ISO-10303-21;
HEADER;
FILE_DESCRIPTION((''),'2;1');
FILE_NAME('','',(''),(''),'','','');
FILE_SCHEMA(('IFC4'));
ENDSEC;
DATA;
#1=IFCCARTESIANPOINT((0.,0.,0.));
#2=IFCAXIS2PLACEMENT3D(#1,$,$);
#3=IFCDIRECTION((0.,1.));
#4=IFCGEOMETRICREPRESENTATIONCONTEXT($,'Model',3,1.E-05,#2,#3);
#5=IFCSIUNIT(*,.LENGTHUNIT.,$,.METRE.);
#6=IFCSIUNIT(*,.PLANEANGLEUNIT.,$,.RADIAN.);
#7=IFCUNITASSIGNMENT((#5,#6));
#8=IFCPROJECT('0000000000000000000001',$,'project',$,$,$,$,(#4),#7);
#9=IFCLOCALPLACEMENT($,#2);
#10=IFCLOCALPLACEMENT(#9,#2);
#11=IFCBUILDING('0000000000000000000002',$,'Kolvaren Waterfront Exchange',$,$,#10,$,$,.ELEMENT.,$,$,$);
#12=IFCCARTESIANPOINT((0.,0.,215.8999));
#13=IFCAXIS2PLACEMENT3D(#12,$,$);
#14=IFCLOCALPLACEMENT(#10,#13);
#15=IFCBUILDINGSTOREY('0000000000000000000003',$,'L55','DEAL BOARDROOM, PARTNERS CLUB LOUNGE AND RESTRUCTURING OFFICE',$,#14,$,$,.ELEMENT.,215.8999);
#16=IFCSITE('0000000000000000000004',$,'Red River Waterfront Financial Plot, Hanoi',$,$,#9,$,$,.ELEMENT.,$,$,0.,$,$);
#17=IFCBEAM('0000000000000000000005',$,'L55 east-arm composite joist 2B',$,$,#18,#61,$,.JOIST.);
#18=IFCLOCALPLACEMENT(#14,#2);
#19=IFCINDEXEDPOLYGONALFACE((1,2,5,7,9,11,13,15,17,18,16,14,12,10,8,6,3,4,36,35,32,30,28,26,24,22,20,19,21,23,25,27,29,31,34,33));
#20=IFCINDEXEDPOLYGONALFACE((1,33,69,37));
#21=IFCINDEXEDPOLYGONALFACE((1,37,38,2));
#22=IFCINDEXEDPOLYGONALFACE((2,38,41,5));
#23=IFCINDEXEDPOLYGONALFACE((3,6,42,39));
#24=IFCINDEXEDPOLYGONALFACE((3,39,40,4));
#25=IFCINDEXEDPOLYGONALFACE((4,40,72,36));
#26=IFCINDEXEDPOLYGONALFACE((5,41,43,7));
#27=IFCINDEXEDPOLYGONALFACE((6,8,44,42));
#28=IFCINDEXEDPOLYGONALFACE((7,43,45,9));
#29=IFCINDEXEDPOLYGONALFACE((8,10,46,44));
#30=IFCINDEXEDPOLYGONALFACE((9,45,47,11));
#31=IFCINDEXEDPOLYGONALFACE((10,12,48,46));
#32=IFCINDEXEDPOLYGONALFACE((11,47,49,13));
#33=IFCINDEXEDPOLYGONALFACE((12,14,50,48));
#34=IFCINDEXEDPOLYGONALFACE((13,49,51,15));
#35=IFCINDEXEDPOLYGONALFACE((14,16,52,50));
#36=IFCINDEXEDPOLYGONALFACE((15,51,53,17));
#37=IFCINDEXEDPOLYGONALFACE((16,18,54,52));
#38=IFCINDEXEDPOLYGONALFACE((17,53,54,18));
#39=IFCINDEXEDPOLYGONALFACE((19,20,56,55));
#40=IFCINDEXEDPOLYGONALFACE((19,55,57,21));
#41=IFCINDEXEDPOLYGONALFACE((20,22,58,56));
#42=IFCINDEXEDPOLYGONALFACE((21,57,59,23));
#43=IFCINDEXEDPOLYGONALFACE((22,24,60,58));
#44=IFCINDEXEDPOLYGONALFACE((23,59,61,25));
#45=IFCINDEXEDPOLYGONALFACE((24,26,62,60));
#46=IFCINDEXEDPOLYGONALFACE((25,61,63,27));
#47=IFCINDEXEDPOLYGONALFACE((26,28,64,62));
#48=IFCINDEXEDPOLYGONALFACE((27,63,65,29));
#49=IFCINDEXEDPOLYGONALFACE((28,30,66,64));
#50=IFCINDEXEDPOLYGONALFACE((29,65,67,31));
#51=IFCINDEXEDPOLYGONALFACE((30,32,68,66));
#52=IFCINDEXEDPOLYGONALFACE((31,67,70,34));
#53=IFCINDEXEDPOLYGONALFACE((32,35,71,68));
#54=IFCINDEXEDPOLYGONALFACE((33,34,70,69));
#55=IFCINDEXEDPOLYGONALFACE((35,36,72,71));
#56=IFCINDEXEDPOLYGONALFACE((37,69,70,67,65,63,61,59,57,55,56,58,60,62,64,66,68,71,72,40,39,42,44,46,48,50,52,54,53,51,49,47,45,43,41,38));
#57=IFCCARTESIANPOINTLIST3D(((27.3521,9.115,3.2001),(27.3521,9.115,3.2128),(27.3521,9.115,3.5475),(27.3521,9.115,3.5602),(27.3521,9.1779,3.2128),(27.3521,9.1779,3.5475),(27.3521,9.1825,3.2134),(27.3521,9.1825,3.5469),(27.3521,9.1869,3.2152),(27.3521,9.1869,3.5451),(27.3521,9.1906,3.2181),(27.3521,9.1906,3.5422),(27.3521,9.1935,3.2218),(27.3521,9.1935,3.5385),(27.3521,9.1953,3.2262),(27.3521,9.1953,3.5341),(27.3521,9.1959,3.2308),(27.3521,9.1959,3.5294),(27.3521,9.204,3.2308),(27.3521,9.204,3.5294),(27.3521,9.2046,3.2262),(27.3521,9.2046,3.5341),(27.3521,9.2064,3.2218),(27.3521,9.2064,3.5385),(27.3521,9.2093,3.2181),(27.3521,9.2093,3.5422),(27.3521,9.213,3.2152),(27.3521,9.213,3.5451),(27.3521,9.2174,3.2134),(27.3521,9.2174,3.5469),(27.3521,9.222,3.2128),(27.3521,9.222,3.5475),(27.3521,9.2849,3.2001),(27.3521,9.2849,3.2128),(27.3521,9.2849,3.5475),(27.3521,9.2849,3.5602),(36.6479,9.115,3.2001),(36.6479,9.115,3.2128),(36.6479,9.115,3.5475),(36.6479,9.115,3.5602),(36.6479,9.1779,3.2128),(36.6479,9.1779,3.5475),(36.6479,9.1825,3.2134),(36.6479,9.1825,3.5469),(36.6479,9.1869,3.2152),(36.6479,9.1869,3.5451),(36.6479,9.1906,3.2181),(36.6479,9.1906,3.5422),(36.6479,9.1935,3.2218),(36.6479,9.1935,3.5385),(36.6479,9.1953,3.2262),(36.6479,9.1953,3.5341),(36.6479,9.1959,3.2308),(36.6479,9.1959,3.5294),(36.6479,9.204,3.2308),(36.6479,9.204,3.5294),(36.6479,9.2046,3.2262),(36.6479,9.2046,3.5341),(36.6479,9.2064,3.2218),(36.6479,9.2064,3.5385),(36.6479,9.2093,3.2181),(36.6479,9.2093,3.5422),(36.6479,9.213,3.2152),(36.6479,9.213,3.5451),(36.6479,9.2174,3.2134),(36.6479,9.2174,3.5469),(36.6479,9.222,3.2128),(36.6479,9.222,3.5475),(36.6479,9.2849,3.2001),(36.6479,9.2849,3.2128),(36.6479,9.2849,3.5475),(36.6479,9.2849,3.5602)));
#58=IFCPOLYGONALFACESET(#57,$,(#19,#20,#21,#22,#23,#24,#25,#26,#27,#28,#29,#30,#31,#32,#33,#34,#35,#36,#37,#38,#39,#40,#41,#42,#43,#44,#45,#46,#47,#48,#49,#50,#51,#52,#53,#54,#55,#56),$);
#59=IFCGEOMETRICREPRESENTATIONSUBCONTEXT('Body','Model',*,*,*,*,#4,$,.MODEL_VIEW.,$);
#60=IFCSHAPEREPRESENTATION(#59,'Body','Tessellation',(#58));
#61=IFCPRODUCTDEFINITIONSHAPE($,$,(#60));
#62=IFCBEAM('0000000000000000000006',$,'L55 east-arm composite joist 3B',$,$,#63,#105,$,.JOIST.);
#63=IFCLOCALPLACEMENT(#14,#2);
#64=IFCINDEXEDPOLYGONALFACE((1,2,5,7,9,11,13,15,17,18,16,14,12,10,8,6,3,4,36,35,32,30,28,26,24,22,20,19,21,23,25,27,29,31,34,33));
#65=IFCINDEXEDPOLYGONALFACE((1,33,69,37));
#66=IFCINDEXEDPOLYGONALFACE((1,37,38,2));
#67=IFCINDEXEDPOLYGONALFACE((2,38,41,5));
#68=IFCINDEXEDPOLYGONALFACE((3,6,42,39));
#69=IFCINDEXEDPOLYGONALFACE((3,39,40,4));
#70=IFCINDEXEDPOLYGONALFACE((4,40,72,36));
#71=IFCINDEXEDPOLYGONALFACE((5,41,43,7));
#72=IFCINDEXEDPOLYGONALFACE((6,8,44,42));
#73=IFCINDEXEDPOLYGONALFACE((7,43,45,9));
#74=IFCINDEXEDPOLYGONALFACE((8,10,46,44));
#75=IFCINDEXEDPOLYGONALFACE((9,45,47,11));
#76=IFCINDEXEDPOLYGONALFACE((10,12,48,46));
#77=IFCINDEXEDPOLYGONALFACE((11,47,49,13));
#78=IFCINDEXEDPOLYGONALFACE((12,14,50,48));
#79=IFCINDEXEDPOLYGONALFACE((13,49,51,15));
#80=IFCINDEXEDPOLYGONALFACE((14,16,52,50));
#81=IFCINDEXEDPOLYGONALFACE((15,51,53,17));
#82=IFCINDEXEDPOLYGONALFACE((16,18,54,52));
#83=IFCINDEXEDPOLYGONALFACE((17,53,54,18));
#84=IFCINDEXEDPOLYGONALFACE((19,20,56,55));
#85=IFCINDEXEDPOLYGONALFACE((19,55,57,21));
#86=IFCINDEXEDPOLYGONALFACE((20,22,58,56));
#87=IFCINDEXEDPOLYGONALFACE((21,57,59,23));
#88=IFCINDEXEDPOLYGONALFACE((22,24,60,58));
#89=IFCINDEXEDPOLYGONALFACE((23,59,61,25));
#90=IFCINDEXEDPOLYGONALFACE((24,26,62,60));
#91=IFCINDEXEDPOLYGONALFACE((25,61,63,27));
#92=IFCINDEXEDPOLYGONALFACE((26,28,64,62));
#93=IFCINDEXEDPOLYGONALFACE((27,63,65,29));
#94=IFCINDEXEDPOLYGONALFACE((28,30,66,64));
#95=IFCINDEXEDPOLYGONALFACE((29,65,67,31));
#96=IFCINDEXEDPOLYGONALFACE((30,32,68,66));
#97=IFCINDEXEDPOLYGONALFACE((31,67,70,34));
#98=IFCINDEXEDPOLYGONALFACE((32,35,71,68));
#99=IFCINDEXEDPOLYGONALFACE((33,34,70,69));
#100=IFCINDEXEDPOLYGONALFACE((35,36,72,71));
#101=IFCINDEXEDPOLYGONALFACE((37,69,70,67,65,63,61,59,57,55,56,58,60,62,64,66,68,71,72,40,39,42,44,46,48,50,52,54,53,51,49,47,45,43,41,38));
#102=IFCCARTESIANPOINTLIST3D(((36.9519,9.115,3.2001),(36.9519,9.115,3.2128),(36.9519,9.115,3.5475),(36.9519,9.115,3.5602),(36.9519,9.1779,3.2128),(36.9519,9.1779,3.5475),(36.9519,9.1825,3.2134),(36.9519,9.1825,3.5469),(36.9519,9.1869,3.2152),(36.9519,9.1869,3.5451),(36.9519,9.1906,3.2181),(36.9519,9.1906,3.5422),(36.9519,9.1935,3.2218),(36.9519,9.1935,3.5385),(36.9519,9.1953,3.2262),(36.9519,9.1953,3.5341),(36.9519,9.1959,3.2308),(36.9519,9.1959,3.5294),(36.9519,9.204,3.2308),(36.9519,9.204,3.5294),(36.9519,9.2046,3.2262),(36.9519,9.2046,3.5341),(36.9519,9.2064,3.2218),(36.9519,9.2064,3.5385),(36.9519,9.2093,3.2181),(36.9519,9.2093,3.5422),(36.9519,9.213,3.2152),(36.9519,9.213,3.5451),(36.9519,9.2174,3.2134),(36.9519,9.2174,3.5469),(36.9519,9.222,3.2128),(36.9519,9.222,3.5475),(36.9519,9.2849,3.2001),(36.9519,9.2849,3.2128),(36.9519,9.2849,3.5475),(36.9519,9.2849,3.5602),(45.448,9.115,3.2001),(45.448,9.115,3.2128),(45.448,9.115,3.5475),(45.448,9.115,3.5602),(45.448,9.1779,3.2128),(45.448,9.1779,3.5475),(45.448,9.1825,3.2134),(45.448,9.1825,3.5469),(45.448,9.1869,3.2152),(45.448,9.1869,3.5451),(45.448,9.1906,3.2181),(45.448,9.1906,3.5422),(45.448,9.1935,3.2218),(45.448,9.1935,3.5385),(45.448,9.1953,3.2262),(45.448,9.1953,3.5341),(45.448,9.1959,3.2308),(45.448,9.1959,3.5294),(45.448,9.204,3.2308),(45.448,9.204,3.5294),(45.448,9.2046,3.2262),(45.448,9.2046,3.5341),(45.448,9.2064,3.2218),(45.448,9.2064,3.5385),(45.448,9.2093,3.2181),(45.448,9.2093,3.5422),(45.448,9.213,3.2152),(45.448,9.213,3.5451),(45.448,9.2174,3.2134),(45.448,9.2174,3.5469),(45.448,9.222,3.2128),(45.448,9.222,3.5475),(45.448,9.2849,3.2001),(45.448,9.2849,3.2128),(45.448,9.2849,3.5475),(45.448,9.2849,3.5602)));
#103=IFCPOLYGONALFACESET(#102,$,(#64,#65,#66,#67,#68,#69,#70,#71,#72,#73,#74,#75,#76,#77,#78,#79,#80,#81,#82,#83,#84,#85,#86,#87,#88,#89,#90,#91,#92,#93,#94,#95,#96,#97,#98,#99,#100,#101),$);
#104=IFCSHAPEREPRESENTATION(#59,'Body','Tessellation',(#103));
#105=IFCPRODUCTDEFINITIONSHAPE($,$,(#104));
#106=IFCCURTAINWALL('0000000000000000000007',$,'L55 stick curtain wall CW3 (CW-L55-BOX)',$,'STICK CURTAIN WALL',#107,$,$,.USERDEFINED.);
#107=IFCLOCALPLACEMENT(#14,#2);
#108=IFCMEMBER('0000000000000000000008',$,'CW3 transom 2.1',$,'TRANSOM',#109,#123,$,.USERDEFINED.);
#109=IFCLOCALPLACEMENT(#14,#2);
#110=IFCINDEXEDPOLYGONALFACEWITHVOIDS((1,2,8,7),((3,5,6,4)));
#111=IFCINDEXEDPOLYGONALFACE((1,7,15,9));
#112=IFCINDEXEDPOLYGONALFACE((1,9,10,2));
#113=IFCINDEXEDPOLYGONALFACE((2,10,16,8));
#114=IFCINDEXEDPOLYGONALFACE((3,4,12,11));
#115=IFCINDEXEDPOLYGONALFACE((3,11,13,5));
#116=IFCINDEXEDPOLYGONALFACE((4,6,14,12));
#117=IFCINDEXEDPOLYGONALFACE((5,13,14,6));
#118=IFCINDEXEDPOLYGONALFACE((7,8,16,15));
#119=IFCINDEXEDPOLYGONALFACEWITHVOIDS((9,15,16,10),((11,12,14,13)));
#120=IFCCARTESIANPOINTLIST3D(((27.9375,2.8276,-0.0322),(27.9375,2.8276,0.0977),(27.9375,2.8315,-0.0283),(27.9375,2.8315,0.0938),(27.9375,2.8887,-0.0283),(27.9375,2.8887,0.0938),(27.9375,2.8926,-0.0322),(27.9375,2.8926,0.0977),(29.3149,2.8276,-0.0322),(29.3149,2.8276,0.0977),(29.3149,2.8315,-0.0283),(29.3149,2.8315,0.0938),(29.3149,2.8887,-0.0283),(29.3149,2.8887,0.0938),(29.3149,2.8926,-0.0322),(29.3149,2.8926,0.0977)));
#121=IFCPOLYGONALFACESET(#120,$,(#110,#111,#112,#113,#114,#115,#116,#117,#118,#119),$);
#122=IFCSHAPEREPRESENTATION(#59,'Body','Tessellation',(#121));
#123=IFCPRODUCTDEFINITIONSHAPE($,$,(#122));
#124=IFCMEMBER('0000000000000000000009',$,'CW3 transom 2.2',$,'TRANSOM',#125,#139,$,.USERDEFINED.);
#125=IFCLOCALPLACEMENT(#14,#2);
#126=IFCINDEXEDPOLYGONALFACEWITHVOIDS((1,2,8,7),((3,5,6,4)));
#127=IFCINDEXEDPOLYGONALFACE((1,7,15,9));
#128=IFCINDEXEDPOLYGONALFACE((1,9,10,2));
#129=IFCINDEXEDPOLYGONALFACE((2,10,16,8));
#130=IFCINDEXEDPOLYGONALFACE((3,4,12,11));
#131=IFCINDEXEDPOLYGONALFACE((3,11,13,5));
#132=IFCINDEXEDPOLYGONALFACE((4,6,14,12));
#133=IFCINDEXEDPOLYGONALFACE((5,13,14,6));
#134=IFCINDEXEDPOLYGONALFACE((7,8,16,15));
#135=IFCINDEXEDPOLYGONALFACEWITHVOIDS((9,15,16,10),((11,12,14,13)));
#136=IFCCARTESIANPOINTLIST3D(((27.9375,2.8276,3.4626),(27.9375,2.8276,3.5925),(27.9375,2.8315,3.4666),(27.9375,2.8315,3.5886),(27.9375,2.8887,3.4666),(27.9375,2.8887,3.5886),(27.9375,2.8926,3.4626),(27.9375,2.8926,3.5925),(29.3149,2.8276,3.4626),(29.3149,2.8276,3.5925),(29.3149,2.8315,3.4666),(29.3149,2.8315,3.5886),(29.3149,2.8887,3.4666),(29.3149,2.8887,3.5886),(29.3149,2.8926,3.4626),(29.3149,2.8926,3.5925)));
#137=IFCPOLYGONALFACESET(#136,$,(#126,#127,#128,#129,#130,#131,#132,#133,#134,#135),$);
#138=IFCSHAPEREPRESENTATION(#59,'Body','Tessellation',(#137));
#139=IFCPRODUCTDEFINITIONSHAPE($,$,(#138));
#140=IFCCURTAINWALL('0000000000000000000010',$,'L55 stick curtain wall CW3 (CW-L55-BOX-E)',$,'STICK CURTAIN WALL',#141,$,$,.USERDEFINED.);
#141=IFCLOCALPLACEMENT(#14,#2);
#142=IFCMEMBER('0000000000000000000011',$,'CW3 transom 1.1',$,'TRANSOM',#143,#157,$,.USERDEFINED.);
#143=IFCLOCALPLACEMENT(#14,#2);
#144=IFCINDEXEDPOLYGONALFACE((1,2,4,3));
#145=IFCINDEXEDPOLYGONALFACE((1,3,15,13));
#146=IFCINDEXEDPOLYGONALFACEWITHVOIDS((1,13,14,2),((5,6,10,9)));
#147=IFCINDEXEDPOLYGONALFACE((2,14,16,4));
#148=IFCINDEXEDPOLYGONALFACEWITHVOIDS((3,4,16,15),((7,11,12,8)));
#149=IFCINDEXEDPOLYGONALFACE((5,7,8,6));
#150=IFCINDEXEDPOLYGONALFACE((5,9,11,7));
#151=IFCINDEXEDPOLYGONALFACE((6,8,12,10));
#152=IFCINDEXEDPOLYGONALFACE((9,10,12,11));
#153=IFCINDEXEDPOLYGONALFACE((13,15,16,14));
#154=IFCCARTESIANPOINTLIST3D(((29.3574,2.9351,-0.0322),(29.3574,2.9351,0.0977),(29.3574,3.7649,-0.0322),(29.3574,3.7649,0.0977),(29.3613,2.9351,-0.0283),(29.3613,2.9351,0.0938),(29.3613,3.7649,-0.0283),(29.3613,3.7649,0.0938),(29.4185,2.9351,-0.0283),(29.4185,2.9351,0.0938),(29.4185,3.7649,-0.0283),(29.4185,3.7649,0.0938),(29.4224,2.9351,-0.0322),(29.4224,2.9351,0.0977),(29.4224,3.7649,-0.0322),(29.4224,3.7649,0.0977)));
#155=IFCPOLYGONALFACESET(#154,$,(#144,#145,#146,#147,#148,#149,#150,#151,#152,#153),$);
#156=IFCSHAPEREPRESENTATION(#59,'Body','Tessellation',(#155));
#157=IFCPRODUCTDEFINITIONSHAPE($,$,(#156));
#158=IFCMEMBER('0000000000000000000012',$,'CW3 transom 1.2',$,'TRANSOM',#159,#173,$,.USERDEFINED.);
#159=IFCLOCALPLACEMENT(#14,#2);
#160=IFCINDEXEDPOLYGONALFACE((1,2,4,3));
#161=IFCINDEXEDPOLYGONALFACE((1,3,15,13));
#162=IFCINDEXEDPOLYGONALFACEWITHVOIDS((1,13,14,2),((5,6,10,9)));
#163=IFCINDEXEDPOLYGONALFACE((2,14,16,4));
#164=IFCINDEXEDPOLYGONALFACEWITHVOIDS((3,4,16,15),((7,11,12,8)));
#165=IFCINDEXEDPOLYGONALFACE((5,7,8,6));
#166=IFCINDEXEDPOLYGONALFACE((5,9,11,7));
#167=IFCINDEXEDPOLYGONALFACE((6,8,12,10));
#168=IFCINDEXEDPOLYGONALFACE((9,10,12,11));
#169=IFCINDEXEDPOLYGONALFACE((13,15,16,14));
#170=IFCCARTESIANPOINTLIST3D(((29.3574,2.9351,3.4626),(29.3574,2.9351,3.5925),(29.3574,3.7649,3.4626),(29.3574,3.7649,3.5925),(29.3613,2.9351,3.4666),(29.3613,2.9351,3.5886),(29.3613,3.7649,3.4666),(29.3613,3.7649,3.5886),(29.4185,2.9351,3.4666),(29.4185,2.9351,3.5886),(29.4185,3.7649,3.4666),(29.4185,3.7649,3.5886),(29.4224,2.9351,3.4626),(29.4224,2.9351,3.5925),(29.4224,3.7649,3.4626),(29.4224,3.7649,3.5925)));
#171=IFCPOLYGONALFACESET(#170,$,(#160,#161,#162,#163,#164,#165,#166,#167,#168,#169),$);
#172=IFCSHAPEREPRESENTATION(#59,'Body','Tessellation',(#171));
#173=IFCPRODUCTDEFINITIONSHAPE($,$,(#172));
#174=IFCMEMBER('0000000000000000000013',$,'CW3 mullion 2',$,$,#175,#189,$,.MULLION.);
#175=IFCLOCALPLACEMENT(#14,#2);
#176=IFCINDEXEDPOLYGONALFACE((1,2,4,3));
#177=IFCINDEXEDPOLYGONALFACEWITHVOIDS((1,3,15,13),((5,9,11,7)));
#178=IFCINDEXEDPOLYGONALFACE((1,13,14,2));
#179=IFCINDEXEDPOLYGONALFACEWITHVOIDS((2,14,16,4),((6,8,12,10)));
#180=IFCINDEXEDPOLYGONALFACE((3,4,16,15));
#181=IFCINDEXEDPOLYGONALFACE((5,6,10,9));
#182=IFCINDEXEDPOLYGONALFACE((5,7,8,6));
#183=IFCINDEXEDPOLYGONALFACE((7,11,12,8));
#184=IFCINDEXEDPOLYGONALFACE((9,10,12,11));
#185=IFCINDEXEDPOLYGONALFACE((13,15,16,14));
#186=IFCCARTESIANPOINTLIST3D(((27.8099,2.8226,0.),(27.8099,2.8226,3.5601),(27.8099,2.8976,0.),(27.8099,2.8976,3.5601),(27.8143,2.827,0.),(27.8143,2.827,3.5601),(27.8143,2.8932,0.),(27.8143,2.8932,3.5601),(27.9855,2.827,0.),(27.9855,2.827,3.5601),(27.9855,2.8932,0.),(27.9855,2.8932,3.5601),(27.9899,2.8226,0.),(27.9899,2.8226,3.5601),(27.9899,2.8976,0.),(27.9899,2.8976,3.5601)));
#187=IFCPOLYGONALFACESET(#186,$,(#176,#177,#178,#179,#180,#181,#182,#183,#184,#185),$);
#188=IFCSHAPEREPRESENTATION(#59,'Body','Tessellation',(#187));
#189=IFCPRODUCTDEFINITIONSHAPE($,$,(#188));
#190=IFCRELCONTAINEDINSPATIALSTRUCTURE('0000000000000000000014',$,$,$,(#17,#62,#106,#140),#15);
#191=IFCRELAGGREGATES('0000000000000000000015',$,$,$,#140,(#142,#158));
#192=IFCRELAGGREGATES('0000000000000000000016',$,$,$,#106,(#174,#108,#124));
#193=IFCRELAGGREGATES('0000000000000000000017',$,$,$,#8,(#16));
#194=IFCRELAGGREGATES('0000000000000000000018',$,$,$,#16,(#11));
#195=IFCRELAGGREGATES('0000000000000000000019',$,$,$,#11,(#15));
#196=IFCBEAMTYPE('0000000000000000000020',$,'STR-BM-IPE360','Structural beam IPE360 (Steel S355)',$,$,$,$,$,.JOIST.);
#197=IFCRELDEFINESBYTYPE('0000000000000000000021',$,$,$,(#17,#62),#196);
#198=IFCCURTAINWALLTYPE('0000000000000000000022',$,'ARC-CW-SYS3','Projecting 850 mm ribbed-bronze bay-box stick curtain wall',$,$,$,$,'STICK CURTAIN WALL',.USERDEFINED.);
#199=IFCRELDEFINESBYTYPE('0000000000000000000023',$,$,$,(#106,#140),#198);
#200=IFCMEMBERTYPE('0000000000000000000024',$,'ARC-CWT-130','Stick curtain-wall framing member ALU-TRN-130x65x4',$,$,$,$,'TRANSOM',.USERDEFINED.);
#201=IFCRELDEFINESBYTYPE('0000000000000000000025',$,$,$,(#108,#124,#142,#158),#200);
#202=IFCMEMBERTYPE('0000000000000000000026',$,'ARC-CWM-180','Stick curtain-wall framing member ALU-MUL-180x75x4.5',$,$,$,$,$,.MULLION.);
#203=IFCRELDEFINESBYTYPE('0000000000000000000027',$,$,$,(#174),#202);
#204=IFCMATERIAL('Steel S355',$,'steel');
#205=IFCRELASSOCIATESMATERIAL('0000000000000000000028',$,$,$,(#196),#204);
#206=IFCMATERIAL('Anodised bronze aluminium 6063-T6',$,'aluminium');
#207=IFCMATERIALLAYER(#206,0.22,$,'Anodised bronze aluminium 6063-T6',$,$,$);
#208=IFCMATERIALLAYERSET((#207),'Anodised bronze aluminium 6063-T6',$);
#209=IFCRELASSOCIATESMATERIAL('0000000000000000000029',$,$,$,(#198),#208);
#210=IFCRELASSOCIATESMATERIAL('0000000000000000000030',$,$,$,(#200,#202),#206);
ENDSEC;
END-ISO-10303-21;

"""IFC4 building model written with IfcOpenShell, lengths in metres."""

from ifc_helpers import new_model, si_unit, direction, frame, origin, origin_with_axes, origin_2d, place, context, subcontext, project, spatial, hollow_rectangle, i_section, extrude, source, transform, mapped, material, layer, layer_set, material_profile, profile_set, type_object, element, aggregate, save


model = new_model("IFC4")

# Units and contexts
model_context = context("Model", 3, precision=1e-05, world=origin(), true_north=direction((0.0, 1.0)))
body_context = subcontext(model_context, "Body", "Model", "MODEL_VIEW")
ifc_project = project(units=[si_unit("LENGTHUNIT", "METRE"), si_unit("PLANEANGLEUNIT", "RADIAN")], contexts=[model_context])

# Site, building, storey
site_placement = place(None, origin())
site = spatial("IfcSite", under=ifc_project, at=site_placement, Name="Red River Waterfront Financial Plot, Hanoi", CompositionType="ELEMENT", RefElevation=0.0)
building_placement = place(site_placement, origin())
building = spatial("IfcBuilding", under=site, at=building_placement, Name="Kolvaren Waterfront Exchange", CompositionType="ELEMENT")
storey_placement = place(building_placement, frame((0.0, 0.0, 215.8999)))
storey = spatial("IfcBuildingStorey", under=building, at=storey_placement, Name="L55", Description="DEAL BOARDROOM, PARTNERS CLUB LOUNGE AND RESTRUCTURING OFFICE", CompositionType="ELEMENT", Elevation=215.8999)

# Beams
ifc_material_1 = material(Name="Steel S355", Category="steel")
ifc_material_profile_1 = material_profile(ifc_material_1, i_section(OverallWidth=0.1699, OverallDepth=0.3601, WebThickness=0.0081, FlangeThickness=0.0127, FilletRadius=0.0181, at=origin_2d()), Name="IPE360")
ifc_profile_set_1 = profile_set([ifc_material_profile_1], Name="Steel S355")
beam_type_1 = type_object("IfcBeamType", Name="STR-BM-IPE360", Description="Structural beam IPE360 (Steel S355)", PredefinedType="JOIST", material=ifc_profile_set_1)
beam_1_placement = place(storey_placement, frame((27.3521, 9.2, 3.3801), z_axis=(1.0, 0.0, 0.0), x_axis=(0.0, 1.0, 0.0)))
element("IfcBeam", 1, at=beam_1_placement, inside=storey, type_object=beam_type_1, Name="L55 east-arm composite joist 2B", PredefinedType="JOIST", context=body_context, shape_type="SweptSolid", body=[
    extrude(i_section(OverallWidth=0.1699, OverallDepth=0.3601, WebThickness=0.0081, FlangeThickness=0.0127, FilletRadius=0.0181, at=origin_2d()), origin(), (0.0, 0.0, 1.0), 9.2959),
])
beam_2_placement = place(storey_placement, frame((36.9519, 9.2, 3.3801), z_axis=(1.0, 0.0, 0.0), x_axis=(0.0, 1.0, 0.0)))
element("IfcBeam", 2, at=beam_2_placement, inside=storey, type_object=beam_type_1, Name="L55 east-arm composite joist 3B", PredefinedType="JOIST", context=body_context, shape_type="SweptSolid", body=[
    extrude(i_section(OverallWidth=0.1699, OverallDepth=0.3601, WebThickness=0.0081, FlangeThickness=0.0127, FilletRadius=0.0181, at=origin_2d()), origin(), (0.0, 0.0, 1.0), 8.4961),
])

# Curtain walls, members
ifc_material_2 = material(Name="Anodised bronze aluminium 6063-T6", Category="aluminium")
ifc_layer_1 = layer(ifc_material_2, 0.22, Name="Anodised bronze aluminium 6063-T6")
ifc_layer_set_1 = layer_set([ifc_layer_1], Name="Anodised bronze aluminium 6063-T6")
curtain_wall_type_1 = type_object("IfcCurtainWallType", Name="ARC-CW-SYS3", Description="Projecting 850 mm ribbed-bronze bay-box stick curtain wall", ElementType="STICK CURTAIN WALL", PredefinedType="USERDEFINED", material=ifc_layer_set_1)
curtain_wall_1_placement = place(storey_placement, origin())
curtain_wall_1 = element("IfcCurtainWall", 3, at=curtain_wall_1_placement, inside=storey, type_object=curtain_wall_type_1, Name="L55 stick curtain wall CW3 (CW-L55-BOX)", ObjectType="STICK CURTAIN WALL", PredefinedType="USERDEFINED")
ifc_material_profile_2 = material_profile(ifc_material_2, hollow_rectangle(XDim=0.0649, YDim=0.1299, WallThickness=0.0039, at=origin_2d()), Name="ALU-TRN-130x65x4")
ifc_profile_set_2 = profile_set([ifc_material_profile_2], Name="Anodised bronze aluminium 6063-T6")
member_type_1 = type_object("IfcMemberType", Name="ARC-CWT-130", Description="Stick curtain-wall framing member ALU-TRN-130x65x4", ElementType="TRANSOM", PredefinedType="USERDEFINED", material=ifc_profile_set_2)
shared_shape_1 = source(origin_with_axes(), body_context, "Body", "SweptSolid", [
    extrude(hollow_rectangle(XDim=0.0649, YDim=0.1299, WallThickness=0.0039, at=origin_2d()), origin(), (0.0, 0.0, 1.0), 1.3774),
])
member_1_placement = place(storey_placement, frame((27.9375, 2.8601, 0.0327), z_axis=(1.0, 0.0, 0.0), x_axis=(0.0, 1.0, 0.0)))
member_1 = element("IfcMember", 4, at=member_1_placement, type_object=member_type_1, Name="CW3 transom 2.1", ObjectType="TRANSOM", PredefinedType="USERDEFINED", context=body_context, shape_type="MappedRepresentation", body=[
    mapped(shared_shape_1, transform((0.0, 0.0, 0.0), x_axis=(1.0, 0.0, 0.0), y_axis=(0.0, 1.0, 0.0), z_axis=(0.0, 0.0, 1.0), scale=1.0)),
])
member_2_placement = place(storey_placement, frame((27.9375, 2.8601, 3.5276), z_axis=(1.0, 0.0, 0.0), x_axis=(0.0, 1.0, 0.0)))
member_2 = element("IfcMember", 5, at=member_2_placement, type_object=member_type_1, Name="CW3 transom 2.2", ObjectType="TRANSOM", PredefinedType="USERDEFINED", context=body_context, shape_type="MappedRepresentation", body=[
    mapped(shared_shape_1, transform((0.0, 0.0, 0.0), x_axis=(1.0, 0.0, 0.0), y_axis=(0.0, 1.0, 0.0), z_axis=(0.0, 0.0, 1.0), scale=1.0)),
])
curtain_wall_2_placement = place(storey_placement, origin())
curtain_wall_2 = element("IfcCurtainWall", 6, at=curtain_wall_2_placement, inside=storey, type_object=curtain_wall_type_1, Name="L55 stick curtain wall CW3 (CW-L55-BOX-E)", ObjectType="STICK CURTAIN WALL", PredefinedType="USERDEFINED")
shared_shape_2 = source(origin_with_axes(), body_context, "Body", "SweptSolid", [
    extrude(hollow_rectangle(XDim=0.0649, YDim=0.1299, WallThickness=0.0039, at=origin_2d()), origin(), (0.0, 0.0, 1.0), 0.8298),
])
member_3_placement = place(storey_placement, frame((29.3899, 2.9351, 0.0327), z_axis=(0.0, 1.0, 0.0), x_axis=(-1.0, 0.0, 0.0)))
member_3 = element("IfcMember", 7, at=member_3_placement, type_object=member_type_1, Name="CW3 transom 1.1", ObjectType="TRANSOM", PredefinedType="USERDEFINED", context=body_context, shape_type="MappedRepresentation", body=[
    mapped(shared_shape_2, transform((0.0, 0.0, 0.0), x_axis=(1.0, 0.0, 0.0), y_axis=(0.0, 1.0, 0.0), z_axis=(0.0, 0.0, 1.0), scale=1.0)),
])
member_4_placement = place(storey_placement, frame((29.3899, 2.9351, 3.5276), z_axis=(0.0, 1.0, 0.0), x_axis=(-1.0, 0.0, 0.0)))
member_4 = element("IfcMember", 8, at=member_4_placement, type_object=member_type_1, Name="CW3 transom 1.2", ObjectType="TRANSOM", PredefinedType="USERDEFINED", context=body_context, shape_type="MappedRepresentation", body=[
    mapped(shared_shape_2, transform((0.0, 0.0, 0.0), x_axis=(1.0, 0.0, 0.0), y_axis=(0.0, 1.0, 0.0), z_axis=(0.0, 0.0, 1.0), scale=1.0)),
])

# Member
ifc_material_profile_3 = material_profile(ifc_material_2, hollow_rectangle(XDim=0.075, YDim=0.1799, WallThickness=0.0044, at=origin_2d()), Name="ALU-MUL-180x75x4.5")
ifc_profile_set_3 = profile_set([ifc_material_profile_3], Name="Anodised bronze aluminium 6063-T6")
member_type_2 = type_object("IfcMemberType", Name="ARC-CWM-180", Description="Stick curtain-wall framing member ALU-MUL-180x75x4.5", PredefinedType="MULLION", material=ifc_profile_set_3)
shared_shape_3 = source(origin_with_axes(), body_context, "Body", "SweptSolid", [
    extrude(hollow_rectangle(XDim=0.075, YDim=0.1799, WallThickness=0.0044, at=origin_2d()), origin(), (0.0, 0.0, 1.0), 3.5601),
])
member_5_placement = place(storey_placement, frame((27.8999, 2.8601, 0.0), z_axis=(0.0, 0.0, 1.0), x_axis=(0.0, 1.0, 0.0)))
member_5 = element("IfcMember", 9, at=member_5_placement, type_object=member_type_2, Name="CW3 mullion 2", PredefinedType="MULLION", context=body_context, shape_type="MappedRepresentation", body=[
    mapped(shared_shape_3, transform((0.0, 0.0, 0.0), x_axis=(1.0, 0.0, 0.0), y_axis=(0.0, 1.0, 0.0), z_axis=(0.0, 0.0, 1.0), scale=1.0)),
])

aggregate(curtain_wall_2, [member_3, member_4])
aggregate(curtain_wall_1, [member_5, member_1, member_2])

save(model, "model.ifc")
